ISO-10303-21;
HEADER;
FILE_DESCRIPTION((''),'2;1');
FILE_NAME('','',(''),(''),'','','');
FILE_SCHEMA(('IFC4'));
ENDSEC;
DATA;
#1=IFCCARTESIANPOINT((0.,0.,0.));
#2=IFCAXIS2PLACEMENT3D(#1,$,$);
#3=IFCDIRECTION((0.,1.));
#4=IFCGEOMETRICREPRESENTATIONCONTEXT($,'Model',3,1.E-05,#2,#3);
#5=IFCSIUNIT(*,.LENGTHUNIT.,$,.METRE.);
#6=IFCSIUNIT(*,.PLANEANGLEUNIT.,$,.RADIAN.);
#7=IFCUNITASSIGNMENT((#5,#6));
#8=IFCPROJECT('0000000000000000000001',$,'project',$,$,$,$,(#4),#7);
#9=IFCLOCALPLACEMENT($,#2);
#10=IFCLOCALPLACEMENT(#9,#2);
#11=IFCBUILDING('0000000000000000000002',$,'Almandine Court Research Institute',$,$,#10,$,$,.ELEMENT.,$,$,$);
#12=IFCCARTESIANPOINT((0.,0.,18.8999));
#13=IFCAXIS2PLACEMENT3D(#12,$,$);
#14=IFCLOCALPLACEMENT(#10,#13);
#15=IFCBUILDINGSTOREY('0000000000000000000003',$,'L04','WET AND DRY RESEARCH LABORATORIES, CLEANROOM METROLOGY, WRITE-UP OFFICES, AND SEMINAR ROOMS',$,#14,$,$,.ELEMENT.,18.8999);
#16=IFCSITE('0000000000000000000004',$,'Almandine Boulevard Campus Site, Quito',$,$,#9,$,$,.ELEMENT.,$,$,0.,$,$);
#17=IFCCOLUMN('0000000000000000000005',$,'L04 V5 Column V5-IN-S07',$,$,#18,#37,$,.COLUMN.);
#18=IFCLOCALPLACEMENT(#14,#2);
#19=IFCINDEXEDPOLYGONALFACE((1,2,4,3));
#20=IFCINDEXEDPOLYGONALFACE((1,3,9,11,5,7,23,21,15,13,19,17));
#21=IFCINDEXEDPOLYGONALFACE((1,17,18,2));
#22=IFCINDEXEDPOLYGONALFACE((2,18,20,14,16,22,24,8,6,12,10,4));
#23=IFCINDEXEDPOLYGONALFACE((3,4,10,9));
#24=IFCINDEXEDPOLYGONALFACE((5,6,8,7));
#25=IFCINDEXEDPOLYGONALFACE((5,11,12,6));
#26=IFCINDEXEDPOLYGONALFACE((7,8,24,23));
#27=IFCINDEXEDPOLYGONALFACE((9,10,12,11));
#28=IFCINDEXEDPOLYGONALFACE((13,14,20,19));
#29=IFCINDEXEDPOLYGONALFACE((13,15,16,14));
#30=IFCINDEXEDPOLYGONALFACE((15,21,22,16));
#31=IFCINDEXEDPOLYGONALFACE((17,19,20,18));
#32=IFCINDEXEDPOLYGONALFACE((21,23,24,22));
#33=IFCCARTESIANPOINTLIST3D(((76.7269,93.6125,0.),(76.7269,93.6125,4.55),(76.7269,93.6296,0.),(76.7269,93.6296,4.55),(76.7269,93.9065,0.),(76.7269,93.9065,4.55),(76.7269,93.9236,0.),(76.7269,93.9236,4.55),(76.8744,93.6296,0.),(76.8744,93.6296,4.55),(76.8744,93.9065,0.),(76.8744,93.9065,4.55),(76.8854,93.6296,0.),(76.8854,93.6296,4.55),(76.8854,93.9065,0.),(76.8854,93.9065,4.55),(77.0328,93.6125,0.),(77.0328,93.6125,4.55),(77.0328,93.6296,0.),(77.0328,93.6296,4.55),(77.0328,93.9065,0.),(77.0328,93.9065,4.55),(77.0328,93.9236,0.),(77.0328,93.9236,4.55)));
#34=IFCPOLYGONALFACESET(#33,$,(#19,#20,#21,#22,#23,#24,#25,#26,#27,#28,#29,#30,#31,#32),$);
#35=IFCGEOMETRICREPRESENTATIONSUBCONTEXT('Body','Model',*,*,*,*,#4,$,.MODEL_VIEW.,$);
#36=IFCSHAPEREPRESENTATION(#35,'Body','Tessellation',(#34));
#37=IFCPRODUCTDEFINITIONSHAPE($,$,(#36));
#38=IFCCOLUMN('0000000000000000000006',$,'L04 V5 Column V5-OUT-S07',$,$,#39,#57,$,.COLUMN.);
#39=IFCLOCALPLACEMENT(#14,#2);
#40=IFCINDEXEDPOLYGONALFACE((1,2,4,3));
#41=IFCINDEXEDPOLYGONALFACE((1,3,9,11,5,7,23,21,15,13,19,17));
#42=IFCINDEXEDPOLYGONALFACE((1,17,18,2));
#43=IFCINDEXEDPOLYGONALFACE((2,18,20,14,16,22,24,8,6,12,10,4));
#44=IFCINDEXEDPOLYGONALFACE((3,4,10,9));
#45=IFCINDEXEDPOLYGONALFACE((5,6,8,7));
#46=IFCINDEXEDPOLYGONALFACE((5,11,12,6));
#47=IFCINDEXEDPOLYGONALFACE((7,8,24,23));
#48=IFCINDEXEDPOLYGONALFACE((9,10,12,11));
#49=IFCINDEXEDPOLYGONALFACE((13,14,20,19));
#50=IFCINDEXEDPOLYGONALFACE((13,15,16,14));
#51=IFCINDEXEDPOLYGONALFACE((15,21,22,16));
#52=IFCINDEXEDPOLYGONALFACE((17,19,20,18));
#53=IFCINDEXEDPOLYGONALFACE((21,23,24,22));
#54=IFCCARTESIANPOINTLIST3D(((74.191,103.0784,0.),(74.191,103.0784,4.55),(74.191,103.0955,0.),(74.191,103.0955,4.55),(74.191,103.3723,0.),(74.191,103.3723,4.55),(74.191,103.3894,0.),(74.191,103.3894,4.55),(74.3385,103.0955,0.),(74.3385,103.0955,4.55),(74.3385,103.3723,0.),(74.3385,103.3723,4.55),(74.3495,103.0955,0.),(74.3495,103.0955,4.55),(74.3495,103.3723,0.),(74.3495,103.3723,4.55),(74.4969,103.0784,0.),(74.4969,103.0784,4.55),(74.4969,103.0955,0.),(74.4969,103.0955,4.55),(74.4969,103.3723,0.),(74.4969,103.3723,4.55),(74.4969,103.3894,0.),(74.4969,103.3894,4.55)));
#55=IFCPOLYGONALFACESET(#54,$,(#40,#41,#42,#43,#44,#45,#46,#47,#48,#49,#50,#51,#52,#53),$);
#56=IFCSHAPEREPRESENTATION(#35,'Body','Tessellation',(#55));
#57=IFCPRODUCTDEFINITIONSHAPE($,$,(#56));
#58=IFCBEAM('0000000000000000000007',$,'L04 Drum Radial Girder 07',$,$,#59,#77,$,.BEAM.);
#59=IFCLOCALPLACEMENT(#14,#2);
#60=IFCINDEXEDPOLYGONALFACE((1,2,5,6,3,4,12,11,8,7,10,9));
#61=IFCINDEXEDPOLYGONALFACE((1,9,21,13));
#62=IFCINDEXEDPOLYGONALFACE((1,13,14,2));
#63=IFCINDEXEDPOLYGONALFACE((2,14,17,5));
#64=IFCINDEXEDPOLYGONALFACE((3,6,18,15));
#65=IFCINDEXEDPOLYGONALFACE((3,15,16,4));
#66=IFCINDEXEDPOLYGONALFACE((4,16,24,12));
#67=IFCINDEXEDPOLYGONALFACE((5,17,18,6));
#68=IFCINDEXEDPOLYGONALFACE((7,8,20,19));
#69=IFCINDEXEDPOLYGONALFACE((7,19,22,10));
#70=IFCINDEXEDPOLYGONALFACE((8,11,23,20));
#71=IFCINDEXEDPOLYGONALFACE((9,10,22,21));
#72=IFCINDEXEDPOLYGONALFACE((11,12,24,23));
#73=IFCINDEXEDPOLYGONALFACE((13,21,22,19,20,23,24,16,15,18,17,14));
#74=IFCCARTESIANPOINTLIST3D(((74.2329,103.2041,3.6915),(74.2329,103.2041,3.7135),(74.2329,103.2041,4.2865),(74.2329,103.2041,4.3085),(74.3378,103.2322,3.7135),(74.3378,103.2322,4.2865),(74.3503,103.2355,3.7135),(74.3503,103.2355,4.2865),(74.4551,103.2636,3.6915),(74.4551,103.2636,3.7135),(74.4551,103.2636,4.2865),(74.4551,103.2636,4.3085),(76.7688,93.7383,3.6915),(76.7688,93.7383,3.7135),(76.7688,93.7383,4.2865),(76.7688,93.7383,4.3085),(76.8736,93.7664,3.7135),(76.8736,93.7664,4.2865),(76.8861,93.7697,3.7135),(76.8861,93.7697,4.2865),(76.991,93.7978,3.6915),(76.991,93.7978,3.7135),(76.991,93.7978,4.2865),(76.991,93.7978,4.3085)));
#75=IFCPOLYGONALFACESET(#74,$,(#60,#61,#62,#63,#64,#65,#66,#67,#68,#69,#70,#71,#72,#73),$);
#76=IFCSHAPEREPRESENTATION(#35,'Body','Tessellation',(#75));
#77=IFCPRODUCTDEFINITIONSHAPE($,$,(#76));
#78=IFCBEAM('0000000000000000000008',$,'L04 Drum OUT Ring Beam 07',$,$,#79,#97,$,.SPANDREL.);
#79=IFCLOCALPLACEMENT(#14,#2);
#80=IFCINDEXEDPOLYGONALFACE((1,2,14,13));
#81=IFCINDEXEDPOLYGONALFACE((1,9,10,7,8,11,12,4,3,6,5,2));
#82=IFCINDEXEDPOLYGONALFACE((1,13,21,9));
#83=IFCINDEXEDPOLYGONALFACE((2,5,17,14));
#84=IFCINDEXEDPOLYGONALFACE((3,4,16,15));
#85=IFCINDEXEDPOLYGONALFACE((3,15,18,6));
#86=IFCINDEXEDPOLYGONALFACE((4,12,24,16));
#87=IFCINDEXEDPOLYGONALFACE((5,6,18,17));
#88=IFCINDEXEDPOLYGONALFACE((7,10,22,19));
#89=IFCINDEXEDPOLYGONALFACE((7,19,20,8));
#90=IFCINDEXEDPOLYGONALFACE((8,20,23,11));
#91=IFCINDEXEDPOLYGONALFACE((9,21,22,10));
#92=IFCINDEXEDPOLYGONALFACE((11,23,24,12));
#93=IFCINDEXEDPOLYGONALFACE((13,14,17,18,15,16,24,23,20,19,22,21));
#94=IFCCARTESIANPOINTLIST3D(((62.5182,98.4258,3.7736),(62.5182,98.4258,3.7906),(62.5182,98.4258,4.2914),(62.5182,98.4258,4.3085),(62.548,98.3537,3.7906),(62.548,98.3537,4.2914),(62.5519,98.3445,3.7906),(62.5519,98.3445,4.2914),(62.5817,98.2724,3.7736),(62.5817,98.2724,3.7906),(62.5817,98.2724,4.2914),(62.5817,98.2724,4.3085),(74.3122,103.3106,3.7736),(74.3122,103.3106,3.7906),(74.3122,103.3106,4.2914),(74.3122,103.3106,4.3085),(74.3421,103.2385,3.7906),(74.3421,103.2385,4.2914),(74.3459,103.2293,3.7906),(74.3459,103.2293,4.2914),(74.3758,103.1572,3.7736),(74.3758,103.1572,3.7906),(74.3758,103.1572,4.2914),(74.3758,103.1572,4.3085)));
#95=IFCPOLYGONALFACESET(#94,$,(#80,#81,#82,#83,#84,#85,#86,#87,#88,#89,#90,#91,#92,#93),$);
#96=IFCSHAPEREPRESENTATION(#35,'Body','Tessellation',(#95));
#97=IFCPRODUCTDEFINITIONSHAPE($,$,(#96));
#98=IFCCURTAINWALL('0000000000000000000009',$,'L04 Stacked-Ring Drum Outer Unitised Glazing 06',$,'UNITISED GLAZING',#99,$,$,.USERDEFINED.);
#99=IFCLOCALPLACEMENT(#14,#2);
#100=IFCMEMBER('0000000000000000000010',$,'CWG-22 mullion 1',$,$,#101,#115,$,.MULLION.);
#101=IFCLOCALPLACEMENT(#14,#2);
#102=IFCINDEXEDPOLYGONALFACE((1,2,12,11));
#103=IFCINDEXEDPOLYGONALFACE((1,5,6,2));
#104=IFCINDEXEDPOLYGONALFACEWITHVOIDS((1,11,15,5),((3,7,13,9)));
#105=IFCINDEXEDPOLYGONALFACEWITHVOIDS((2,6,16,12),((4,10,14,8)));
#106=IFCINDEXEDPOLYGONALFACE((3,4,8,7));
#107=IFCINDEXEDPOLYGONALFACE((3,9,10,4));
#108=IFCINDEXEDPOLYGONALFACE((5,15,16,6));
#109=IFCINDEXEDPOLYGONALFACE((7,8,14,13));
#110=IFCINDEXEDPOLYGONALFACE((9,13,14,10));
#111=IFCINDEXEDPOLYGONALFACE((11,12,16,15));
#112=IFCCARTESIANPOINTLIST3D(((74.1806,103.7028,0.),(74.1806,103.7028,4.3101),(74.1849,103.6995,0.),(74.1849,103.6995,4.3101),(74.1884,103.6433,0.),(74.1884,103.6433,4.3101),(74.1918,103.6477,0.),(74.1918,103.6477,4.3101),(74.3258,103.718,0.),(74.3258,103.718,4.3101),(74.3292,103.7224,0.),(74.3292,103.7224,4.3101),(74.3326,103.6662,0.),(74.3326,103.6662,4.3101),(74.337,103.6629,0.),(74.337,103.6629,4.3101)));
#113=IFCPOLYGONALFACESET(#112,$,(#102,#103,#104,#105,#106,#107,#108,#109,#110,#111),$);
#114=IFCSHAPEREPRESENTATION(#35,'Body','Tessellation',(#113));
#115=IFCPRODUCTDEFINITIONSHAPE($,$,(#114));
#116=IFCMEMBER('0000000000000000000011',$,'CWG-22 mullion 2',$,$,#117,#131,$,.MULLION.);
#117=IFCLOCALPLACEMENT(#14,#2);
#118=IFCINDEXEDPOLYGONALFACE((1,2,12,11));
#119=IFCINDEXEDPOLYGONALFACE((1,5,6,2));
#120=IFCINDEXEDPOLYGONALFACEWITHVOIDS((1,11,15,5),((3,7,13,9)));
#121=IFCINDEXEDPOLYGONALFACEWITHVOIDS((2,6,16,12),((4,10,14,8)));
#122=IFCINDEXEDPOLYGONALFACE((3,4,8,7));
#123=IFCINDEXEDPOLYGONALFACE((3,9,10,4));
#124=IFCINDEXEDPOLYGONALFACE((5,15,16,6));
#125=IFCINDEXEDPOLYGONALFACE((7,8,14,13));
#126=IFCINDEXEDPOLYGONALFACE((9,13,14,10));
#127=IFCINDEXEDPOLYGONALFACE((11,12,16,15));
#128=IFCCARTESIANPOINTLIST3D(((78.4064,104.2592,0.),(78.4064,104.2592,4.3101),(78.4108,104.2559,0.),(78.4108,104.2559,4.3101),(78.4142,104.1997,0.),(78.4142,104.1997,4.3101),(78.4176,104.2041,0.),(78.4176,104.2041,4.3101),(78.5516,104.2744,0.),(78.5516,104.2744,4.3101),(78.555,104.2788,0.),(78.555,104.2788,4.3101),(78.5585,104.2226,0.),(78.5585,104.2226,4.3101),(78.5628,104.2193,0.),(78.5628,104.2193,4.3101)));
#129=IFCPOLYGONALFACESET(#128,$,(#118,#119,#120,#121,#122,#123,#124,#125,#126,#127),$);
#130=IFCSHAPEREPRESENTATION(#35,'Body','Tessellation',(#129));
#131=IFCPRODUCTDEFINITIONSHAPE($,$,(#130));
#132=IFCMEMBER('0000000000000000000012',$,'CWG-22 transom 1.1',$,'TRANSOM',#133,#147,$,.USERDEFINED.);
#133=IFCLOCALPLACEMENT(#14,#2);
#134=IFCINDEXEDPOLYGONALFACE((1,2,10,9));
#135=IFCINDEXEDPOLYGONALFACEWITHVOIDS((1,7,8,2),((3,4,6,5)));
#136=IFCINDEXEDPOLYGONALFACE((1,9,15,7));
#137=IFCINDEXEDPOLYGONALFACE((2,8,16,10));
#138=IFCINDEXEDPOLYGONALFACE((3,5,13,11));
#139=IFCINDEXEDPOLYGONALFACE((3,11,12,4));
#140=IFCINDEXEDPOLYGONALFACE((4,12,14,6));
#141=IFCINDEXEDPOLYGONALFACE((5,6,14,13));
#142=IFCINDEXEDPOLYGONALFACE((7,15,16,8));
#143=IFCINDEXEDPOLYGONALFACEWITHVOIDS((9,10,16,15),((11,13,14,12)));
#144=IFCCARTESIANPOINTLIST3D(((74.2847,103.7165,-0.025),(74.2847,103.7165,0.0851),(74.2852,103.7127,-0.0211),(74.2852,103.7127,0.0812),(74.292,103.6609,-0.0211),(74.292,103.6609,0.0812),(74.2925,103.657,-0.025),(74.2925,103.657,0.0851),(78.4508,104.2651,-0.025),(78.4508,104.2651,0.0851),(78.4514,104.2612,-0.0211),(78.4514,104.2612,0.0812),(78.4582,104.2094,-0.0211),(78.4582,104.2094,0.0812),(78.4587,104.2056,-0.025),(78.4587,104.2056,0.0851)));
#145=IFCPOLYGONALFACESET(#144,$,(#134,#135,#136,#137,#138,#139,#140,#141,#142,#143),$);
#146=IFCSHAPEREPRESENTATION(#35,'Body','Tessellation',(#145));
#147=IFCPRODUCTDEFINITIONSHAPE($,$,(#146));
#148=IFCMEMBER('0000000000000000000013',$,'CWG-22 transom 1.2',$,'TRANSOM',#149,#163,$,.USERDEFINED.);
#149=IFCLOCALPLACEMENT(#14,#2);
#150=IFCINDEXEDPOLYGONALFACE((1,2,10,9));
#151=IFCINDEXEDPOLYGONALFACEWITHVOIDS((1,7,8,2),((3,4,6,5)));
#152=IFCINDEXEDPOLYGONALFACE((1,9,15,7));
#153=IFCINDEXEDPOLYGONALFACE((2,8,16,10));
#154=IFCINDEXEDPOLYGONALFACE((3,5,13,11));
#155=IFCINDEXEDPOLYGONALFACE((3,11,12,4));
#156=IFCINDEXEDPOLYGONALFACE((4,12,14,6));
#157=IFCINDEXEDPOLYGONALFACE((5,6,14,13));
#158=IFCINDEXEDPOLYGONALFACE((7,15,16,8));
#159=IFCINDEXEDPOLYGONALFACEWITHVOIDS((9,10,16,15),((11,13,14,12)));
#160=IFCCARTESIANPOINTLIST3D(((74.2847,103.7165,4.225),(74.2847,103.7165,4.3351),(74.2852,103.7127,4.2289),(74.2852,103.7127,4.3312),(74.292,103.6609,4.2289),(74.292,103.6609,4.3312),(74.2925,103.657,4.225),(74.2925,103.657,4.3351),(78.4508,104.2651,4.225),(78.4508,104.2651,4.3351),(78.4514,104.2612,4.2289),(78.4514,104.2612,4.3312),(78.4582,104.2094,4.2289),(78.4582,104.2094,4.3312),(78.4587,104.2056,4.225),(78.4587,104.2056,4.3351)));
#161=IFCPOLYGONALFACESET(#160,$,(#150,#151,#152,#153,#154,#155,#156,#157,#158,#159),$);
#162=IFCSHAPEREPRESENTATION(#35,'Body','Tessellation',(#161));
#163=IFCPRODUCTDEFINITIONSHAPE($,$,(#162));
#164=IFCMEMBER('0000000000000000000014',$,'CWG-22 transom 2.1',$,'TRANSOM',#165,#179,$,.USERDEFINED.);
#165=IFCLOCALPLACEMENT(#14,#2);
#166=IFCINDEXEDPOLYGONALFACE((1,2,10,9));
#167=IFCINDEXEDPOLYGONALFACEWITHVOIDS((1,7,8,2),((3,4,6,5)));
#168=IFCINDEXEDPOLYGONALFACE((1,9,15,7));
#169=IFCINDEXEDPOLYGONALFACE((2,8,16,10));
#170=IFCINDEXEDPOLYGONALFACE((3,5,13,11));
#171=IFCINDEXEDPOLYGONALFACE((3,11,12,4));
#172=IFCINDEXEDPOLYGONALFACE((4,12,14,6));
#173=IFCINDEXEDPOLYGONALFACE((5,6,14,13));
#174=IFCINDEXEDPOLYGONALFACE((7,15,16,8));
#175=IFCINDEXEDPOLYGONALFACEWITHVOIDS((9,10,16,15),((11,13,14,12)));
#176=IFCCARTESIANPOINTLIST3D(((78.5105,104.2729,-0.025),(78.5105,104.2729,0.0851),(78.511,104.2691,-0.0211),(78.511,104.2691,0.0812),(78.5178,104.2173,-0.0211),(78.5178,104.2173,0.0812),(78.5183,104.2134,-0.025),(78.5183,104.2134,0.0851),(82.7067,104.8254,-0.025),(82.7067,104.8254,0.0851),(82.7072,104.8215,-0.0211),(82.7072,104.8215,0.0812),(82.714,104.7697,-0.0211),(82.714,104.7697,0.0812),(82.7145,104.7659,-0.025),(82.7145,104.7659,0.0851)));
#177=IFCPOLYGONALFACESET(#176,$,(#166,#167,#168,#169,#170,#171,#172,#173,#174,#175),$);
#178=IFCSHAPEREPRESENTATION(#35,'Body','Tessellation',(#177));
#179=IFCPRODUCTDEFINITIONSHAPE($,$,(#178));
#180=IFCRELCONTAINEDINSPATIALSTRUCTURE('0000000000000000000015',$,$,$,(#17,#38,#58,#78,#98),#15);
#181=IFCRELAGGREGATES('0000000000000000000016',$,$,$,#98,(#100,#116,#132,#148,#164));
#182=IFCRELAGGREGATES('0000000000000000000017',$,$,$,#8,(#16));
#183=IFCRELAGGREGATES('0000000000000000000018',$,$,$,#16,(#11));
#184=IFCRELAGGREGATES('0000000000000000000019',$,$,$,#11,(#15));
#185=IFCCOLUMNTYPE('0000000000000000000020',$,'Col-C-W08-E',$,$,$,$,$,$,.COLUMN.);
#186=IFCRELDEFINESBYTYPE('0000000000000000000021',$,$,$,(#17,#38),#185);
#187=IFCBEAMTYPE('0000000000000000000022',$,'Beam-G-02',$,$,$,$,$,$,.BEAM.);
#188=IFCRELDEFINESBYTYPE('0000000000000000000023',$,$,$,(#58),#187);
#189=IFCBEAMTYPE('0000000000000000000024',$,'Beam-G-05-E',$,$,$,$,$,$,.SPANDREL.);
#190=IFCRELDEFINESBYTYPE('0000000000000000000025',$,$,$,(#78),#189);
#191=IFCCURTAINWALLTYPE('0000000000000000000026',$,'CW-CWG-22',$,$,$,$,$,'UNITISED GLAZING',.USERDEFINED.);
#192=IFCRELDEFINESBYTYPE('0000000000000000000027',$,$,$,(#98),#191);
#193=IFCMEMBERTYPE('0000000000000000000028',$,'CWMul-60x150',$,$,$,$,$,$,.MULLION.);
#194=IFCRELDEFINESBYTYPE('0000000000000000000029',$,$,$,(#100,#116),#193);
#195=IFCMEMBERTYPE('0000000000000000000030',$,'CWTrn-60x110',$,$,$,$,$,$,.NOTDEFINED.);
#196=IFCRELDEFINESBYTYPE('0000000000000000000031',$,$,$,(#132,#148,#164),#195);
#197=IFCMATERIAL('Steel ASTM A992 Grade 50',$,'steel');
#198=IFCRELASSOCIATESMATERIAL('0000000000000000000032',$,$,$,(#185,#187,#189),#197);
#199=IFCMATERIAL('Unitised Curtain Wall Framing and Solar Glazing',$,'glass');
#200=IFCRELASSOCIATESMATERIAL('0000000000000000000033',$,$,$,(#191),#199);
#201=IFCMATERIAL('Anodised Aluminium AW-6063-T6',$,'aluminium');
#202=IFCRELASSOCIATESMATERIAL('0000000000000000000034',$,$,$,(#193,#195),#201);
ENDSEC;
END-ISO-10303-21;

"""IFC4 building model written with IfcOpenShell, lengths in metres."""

from ifc_helpers import new_model, si_unit, direction, frame, origin, origin_2d, place, context, subcontext, project, spatial, hollow_rectangle, i_section, extrude, material, material_profile, profile_set, type_object, element, aggregate, save


model = new_model("IFC4")

# Units and contexts
model_context = context("Model", 3, precision=1e-05, world=origin(), true_north=direction((0.0, 1.0)))
body_context = subcontext(model_context, "Body", "Model", "MODEL_VIEW")
ifc_project = project(units=[si_unit("LENGTHUNIT", "METRE"), si_unit("PLANEANGLEUNIT", "RADIAN")], contexts=[model_context])

# Site, building, storey
site_placement = place(None, origin())
site = spatial("IfcSite", under=ifc_project, at=site_placement, Name="Almandine Boulevard Campus Site, Quito", CompositionType="ELEMENT", RefElevation=0.0)
building_placement = place(site_placement, origin())
building = spatial("IfcBuilding", under=site, at=building_placement, Name="Almandine Court Research Institute", CompositionType="ELEMENT")
storey_placement = place(building_placement, frame((0.0, 0.0, 18.8999)))
storey = spatial("IfcBuildingStorey", under=building, at=storey_placement, Name="L04", Description="WET AND DRY RESEARCH LABORATORIES, CLEANROOM METROLOGY, WRITE-UP OFFICES, AND SEMINAR ROOMS", CompositionType="ELEMENT", Elevation=18.8999)

# Columns
ifc_material_1 = material(Name="Steel ASTM A992 Grade 50", Category="steel")
ifc_material_profile_1 = material_profile(ifc_material_1, i_section(OverallWidth=0.3059, OverallDepth=0.311, WebThickness=0.011, FlangeThickness=0.0171, at=origin_2d()), Name="W310x107")
ifc_profile_set_1 = profile_set([ifc_material_profile_1], Name="Steel ASTM A992 Grade 50")
column_type = type_object("IfcColumnType", Name="Col-C-W08-E", PredefinedType="COLUMN", material=ifc_profile_set_1)
for number, where, z_axis, x_axis, name in (
    (1, (76.8799, 93.7681, 0.0), (0.0, 0.0, 1.0), (1.0, 0.0, 0.0), "L04 V5 Column V5-IN-S07"),
    (2, (74.344, 103.2339, 0.0), (0.0, 0.0, 1.0), (1.0, 0.0, 0.0), "L04 V5 Column V5-OUT-S07"),
):
    element("IfcColumn", number, at=place(storey_placement, frame(where, z_axis=z_axis, x_axis=x_axis)), inside=storey, type_object=column_type, Name=name, PredefinedType="COLUMN", context=body_context, shape_type="SweptSolid", body=[
        extrude(i_section(OverallWidth=0.3059, OverallDepth=0.311, WebThickness=0.011, FlangeThickness=0.0171, at=origin_2d()), origin(), (0.0, 0.0, 1.0), 4.55),
    ])

# Beams
ifc_material_profile_2 = material_profile(ifc_material_1, i_section(OverallWidth=0.23, OverallDepth=0.6169, WebThickness=0.0129, FlangeThickness=0.022, at=origin_2d()), Name="W610x140")
ifc_profile_set_2 = profile_set([ifc_material_profile_2], Name="Steel ASTM A992 Grade 50")
beam_type_1 = type_object("IfcBeamType", Name="Beam-G-02", PredefinedType="BEAM", material=ifc_profile_set_2)
beam_1_placement = place(storey_placement, frame((76.8799, 93.7681, 4.0), z_axis=(-0.258774, 0.965938, 0.0), x_axis=(-0.965938, -0.258774, 0.0)))
element("IfcBeam", 3, at=beam_1_placement, inside=storey, type_object=beam_type_1, Name="L04 Drum Radial Girder 07", PredefinedType="BEAM", context=body_context, shape_type="SweptSolid", body=[
    extrude(i_section(OverallWidth=0.23, OverallDepth=0.6169, WebThickness=0.0129, FlangeThickness=0.022, at=origin_2d()), origin(), (0.0, 0.0, 1.0), 9.7996),
])
ifc_material_profile_3 = material_profile(ifc_material_1, i_section(OverallWidth=0.166, OverallDepth=0.5349, WebThickness=0.01, FlangeThickness=0.0171, at=origin_2d()), Name="W530x85")
ifc_profile_set_3 = profile_set([ifc_material_profile_3], Name="Steel ASTM A992 Grade 50")
beam_type_2 = type_object("IfcBeamType", Name="Beam-G-05-E", PredefinedType="SPANDREL", material=ifc_profile_set_3)
beam_2_placement = place(storey_placement, frame((74.344, 103.2339, 4.041), z_axis=(-0.923892, -0.382654, 0.0), x_axis=(0.382654, -0.923892, 0.0)))
element("IfcBeam", 4, at=beam_2_placement, inside=storey, type_object=beam_type_2, Name="L04 Drum OUT Ring Beam 07", PredefinedType="SPANDREL", context=body_context, shape_type="SweptSolid", body=[
    extrude(i_section(OverallWidth=0.166, OverallDepth=0.5349, WebThickness=0.01, FlangeThickness=0.0171, at=origin_2d()), origin(), (0.0, 0.0, 1.0), 12.7656),
])

# Curtain wall, members
ifc_material_2 = material(Name="Unitised Curtain Wall Framing and Solar Glazing", Category="glass")
curtain_wall_type = type_object("IfcCurtainWallType", Name="CW-CWG-22", ElementType="UNITISED GLAZING", PredefinedType="USERDEFINED", material=ifc_material_2)
curtain_wall_placement = place(storey_placement, origin())
curtain_wall = element("IfcCurtainWall", 5, at=curtain_wall_placement, inside=storey, type_object=curtain_wall_type, Name="L04 Stacked-Ring Drum Outer Unitised Glazing 06", ObjectType="UNITISED GLAZING", PredefinedType="USERDEFINED")
ifc_material_3 = material(Name="Anodised Aluminium AW-6063-T6", Category="aluminium")
ifc_material_profile_4 = material_profile(ifc_material_3, hollow_rectangle(XDim=0.0601, YDim=0.1499, WallThickness=0.0039, at=origin_2d()), Name="ALU RHS 60x150x4")
ifc_profile_set_4 = profile_set([ifc_material_profile_4], Name="Anodised Aluminium AW-6063-T6")
member_type_1 = type_object("IfcMemberType", Name="CWMul-60x150", PredefinedType="MULLION", material=ifc_profile_set_4)
member_1_placement = place(storey_placement, frame((74.2588, 103.6829, 0.0), z_axis=(0.0, 0.0, 1.0), x_axis=(-0.130541, 0.991443, 0.0)))
member_1 = element("IfcMember", 6, at=member_1_placement, type_object=member_type_1, Name="CWG-22 mullion 1", PredefinedType="MULLION", context=body_context, shape_type="SweptSolid", body=[
    extrude(hollow_rectangle(XDim=0.0601, YDim=0.1499, WallThickness=0.0039, at=origin_2d()), origin(), (0.0, 0.0, 1.0), 4.3101),
])
member_2_placement = place(storey_placement, frame((78.4846, 104.2393, 0.0), z_axis=(0.0, 0.0, 1.0), x_axis=(-0.130541, 0.991443, 0.0)))
member_2 = element("IfcMember", 7, at=member_2_placement, type_object=member_type_1, Name="CWG-22 mullion 2", PredefinedType="MULLION", context=body_context, shape_type="SweptSolid", body=[
    extrude(hollow_rectangle(XDim=0.0601, YDim=0.1499, WallThickness=0.0039, at=origin_2d()), origin(), (0.0, 0.0, 1.0), 4.3101),
])
ifc_material_profile_5 = material_profile(ifc_material_3, hollow_rectangle(XDim=0.0601, YDim=0.1101, WallThickness=0.0039, at=origin_2d()), Name="ALU RHS 60x110x4")
ifc_profile_set_5 = profile_set([ifc_material_profile_5], Name="Anodised Aluminium AW-6063-T6")
member_type_2 = type_object("IfcMemberType", Name="CWTrn-60x110", PredefinedType="NOTDEFINED", material=ifc_profile_set_5)
member_3_placement = place(storey_placement, frame((74.2886, 103.6868, 0.03), z_axis=(0.991442, 0.130546, 0.0), x_axis=(-0.130546, 0.991442, 0.0)))
member_3 = element("IfcMember", 8, at=member_3_placement, type_object=member_type_2, Name="CWG-22 transom 1.1", ObjectType="TRANSOM", PredefinedType="USERDEFINED", context=body_context, shape_type="SweptSolid", body=[
    extrude(hollow_rectangle(XDim=0.0601, YDim=0.1101, WallThickness=0.0039, at=origin_2d()), origin(), (0.0, 0.0, 1.0), 4.2021),
])
member_4_placement = place(storey_placement, frame((74.2886, 103.6868, 4.28), z_axis=(0.991442, 0.130546, 0.0), x_axis=(-0.130546, 0.991442, 0.0)))
member_4 = element("IfcMember", 9, at=member_4_placement, type_object=member_type_2, Name="CWG-22 transom 1.2", ObjectType="TRANSOM", PredefinedType="USERDEFINED", context=body_context, shape_type="SweptSolid", body=[
    extrude(hollow_rectangle(XDim=0.0601, YDim=0.1101, WallThickness=0.0039, at=origin_2d()), origin(), (0.0, 0.0, 1.0), 4.2021),
])
member_5_placement = place(storey_placement, frame((78.5144, 104.2432, 0.03), z_axis=(0.991444, 0.130535, 0.0), x_axis=(-0.130535, 0.991444, 0.0)))
member_5 = element("IfcMember", 10, at=member_5_placement, type_object=member_type_2, Name="CWG-22 transom 2.1", ObjectType="TRANSOM", PredefinedType="USERDEFINED", context=body_context, shape_type="SweptSolid", body=[
    extrude(hollow_rectangle(XDim=0.0601, YDim=0.1101, WallThickness=0.0039, at=origin_2d()), origin(), (0.0, 0.0, 1.0), 4.2324),
])
aggregate(curtain_wall, [member_1, member_2, member_3, member_4, member_5])

save(model, "model.ifc")
